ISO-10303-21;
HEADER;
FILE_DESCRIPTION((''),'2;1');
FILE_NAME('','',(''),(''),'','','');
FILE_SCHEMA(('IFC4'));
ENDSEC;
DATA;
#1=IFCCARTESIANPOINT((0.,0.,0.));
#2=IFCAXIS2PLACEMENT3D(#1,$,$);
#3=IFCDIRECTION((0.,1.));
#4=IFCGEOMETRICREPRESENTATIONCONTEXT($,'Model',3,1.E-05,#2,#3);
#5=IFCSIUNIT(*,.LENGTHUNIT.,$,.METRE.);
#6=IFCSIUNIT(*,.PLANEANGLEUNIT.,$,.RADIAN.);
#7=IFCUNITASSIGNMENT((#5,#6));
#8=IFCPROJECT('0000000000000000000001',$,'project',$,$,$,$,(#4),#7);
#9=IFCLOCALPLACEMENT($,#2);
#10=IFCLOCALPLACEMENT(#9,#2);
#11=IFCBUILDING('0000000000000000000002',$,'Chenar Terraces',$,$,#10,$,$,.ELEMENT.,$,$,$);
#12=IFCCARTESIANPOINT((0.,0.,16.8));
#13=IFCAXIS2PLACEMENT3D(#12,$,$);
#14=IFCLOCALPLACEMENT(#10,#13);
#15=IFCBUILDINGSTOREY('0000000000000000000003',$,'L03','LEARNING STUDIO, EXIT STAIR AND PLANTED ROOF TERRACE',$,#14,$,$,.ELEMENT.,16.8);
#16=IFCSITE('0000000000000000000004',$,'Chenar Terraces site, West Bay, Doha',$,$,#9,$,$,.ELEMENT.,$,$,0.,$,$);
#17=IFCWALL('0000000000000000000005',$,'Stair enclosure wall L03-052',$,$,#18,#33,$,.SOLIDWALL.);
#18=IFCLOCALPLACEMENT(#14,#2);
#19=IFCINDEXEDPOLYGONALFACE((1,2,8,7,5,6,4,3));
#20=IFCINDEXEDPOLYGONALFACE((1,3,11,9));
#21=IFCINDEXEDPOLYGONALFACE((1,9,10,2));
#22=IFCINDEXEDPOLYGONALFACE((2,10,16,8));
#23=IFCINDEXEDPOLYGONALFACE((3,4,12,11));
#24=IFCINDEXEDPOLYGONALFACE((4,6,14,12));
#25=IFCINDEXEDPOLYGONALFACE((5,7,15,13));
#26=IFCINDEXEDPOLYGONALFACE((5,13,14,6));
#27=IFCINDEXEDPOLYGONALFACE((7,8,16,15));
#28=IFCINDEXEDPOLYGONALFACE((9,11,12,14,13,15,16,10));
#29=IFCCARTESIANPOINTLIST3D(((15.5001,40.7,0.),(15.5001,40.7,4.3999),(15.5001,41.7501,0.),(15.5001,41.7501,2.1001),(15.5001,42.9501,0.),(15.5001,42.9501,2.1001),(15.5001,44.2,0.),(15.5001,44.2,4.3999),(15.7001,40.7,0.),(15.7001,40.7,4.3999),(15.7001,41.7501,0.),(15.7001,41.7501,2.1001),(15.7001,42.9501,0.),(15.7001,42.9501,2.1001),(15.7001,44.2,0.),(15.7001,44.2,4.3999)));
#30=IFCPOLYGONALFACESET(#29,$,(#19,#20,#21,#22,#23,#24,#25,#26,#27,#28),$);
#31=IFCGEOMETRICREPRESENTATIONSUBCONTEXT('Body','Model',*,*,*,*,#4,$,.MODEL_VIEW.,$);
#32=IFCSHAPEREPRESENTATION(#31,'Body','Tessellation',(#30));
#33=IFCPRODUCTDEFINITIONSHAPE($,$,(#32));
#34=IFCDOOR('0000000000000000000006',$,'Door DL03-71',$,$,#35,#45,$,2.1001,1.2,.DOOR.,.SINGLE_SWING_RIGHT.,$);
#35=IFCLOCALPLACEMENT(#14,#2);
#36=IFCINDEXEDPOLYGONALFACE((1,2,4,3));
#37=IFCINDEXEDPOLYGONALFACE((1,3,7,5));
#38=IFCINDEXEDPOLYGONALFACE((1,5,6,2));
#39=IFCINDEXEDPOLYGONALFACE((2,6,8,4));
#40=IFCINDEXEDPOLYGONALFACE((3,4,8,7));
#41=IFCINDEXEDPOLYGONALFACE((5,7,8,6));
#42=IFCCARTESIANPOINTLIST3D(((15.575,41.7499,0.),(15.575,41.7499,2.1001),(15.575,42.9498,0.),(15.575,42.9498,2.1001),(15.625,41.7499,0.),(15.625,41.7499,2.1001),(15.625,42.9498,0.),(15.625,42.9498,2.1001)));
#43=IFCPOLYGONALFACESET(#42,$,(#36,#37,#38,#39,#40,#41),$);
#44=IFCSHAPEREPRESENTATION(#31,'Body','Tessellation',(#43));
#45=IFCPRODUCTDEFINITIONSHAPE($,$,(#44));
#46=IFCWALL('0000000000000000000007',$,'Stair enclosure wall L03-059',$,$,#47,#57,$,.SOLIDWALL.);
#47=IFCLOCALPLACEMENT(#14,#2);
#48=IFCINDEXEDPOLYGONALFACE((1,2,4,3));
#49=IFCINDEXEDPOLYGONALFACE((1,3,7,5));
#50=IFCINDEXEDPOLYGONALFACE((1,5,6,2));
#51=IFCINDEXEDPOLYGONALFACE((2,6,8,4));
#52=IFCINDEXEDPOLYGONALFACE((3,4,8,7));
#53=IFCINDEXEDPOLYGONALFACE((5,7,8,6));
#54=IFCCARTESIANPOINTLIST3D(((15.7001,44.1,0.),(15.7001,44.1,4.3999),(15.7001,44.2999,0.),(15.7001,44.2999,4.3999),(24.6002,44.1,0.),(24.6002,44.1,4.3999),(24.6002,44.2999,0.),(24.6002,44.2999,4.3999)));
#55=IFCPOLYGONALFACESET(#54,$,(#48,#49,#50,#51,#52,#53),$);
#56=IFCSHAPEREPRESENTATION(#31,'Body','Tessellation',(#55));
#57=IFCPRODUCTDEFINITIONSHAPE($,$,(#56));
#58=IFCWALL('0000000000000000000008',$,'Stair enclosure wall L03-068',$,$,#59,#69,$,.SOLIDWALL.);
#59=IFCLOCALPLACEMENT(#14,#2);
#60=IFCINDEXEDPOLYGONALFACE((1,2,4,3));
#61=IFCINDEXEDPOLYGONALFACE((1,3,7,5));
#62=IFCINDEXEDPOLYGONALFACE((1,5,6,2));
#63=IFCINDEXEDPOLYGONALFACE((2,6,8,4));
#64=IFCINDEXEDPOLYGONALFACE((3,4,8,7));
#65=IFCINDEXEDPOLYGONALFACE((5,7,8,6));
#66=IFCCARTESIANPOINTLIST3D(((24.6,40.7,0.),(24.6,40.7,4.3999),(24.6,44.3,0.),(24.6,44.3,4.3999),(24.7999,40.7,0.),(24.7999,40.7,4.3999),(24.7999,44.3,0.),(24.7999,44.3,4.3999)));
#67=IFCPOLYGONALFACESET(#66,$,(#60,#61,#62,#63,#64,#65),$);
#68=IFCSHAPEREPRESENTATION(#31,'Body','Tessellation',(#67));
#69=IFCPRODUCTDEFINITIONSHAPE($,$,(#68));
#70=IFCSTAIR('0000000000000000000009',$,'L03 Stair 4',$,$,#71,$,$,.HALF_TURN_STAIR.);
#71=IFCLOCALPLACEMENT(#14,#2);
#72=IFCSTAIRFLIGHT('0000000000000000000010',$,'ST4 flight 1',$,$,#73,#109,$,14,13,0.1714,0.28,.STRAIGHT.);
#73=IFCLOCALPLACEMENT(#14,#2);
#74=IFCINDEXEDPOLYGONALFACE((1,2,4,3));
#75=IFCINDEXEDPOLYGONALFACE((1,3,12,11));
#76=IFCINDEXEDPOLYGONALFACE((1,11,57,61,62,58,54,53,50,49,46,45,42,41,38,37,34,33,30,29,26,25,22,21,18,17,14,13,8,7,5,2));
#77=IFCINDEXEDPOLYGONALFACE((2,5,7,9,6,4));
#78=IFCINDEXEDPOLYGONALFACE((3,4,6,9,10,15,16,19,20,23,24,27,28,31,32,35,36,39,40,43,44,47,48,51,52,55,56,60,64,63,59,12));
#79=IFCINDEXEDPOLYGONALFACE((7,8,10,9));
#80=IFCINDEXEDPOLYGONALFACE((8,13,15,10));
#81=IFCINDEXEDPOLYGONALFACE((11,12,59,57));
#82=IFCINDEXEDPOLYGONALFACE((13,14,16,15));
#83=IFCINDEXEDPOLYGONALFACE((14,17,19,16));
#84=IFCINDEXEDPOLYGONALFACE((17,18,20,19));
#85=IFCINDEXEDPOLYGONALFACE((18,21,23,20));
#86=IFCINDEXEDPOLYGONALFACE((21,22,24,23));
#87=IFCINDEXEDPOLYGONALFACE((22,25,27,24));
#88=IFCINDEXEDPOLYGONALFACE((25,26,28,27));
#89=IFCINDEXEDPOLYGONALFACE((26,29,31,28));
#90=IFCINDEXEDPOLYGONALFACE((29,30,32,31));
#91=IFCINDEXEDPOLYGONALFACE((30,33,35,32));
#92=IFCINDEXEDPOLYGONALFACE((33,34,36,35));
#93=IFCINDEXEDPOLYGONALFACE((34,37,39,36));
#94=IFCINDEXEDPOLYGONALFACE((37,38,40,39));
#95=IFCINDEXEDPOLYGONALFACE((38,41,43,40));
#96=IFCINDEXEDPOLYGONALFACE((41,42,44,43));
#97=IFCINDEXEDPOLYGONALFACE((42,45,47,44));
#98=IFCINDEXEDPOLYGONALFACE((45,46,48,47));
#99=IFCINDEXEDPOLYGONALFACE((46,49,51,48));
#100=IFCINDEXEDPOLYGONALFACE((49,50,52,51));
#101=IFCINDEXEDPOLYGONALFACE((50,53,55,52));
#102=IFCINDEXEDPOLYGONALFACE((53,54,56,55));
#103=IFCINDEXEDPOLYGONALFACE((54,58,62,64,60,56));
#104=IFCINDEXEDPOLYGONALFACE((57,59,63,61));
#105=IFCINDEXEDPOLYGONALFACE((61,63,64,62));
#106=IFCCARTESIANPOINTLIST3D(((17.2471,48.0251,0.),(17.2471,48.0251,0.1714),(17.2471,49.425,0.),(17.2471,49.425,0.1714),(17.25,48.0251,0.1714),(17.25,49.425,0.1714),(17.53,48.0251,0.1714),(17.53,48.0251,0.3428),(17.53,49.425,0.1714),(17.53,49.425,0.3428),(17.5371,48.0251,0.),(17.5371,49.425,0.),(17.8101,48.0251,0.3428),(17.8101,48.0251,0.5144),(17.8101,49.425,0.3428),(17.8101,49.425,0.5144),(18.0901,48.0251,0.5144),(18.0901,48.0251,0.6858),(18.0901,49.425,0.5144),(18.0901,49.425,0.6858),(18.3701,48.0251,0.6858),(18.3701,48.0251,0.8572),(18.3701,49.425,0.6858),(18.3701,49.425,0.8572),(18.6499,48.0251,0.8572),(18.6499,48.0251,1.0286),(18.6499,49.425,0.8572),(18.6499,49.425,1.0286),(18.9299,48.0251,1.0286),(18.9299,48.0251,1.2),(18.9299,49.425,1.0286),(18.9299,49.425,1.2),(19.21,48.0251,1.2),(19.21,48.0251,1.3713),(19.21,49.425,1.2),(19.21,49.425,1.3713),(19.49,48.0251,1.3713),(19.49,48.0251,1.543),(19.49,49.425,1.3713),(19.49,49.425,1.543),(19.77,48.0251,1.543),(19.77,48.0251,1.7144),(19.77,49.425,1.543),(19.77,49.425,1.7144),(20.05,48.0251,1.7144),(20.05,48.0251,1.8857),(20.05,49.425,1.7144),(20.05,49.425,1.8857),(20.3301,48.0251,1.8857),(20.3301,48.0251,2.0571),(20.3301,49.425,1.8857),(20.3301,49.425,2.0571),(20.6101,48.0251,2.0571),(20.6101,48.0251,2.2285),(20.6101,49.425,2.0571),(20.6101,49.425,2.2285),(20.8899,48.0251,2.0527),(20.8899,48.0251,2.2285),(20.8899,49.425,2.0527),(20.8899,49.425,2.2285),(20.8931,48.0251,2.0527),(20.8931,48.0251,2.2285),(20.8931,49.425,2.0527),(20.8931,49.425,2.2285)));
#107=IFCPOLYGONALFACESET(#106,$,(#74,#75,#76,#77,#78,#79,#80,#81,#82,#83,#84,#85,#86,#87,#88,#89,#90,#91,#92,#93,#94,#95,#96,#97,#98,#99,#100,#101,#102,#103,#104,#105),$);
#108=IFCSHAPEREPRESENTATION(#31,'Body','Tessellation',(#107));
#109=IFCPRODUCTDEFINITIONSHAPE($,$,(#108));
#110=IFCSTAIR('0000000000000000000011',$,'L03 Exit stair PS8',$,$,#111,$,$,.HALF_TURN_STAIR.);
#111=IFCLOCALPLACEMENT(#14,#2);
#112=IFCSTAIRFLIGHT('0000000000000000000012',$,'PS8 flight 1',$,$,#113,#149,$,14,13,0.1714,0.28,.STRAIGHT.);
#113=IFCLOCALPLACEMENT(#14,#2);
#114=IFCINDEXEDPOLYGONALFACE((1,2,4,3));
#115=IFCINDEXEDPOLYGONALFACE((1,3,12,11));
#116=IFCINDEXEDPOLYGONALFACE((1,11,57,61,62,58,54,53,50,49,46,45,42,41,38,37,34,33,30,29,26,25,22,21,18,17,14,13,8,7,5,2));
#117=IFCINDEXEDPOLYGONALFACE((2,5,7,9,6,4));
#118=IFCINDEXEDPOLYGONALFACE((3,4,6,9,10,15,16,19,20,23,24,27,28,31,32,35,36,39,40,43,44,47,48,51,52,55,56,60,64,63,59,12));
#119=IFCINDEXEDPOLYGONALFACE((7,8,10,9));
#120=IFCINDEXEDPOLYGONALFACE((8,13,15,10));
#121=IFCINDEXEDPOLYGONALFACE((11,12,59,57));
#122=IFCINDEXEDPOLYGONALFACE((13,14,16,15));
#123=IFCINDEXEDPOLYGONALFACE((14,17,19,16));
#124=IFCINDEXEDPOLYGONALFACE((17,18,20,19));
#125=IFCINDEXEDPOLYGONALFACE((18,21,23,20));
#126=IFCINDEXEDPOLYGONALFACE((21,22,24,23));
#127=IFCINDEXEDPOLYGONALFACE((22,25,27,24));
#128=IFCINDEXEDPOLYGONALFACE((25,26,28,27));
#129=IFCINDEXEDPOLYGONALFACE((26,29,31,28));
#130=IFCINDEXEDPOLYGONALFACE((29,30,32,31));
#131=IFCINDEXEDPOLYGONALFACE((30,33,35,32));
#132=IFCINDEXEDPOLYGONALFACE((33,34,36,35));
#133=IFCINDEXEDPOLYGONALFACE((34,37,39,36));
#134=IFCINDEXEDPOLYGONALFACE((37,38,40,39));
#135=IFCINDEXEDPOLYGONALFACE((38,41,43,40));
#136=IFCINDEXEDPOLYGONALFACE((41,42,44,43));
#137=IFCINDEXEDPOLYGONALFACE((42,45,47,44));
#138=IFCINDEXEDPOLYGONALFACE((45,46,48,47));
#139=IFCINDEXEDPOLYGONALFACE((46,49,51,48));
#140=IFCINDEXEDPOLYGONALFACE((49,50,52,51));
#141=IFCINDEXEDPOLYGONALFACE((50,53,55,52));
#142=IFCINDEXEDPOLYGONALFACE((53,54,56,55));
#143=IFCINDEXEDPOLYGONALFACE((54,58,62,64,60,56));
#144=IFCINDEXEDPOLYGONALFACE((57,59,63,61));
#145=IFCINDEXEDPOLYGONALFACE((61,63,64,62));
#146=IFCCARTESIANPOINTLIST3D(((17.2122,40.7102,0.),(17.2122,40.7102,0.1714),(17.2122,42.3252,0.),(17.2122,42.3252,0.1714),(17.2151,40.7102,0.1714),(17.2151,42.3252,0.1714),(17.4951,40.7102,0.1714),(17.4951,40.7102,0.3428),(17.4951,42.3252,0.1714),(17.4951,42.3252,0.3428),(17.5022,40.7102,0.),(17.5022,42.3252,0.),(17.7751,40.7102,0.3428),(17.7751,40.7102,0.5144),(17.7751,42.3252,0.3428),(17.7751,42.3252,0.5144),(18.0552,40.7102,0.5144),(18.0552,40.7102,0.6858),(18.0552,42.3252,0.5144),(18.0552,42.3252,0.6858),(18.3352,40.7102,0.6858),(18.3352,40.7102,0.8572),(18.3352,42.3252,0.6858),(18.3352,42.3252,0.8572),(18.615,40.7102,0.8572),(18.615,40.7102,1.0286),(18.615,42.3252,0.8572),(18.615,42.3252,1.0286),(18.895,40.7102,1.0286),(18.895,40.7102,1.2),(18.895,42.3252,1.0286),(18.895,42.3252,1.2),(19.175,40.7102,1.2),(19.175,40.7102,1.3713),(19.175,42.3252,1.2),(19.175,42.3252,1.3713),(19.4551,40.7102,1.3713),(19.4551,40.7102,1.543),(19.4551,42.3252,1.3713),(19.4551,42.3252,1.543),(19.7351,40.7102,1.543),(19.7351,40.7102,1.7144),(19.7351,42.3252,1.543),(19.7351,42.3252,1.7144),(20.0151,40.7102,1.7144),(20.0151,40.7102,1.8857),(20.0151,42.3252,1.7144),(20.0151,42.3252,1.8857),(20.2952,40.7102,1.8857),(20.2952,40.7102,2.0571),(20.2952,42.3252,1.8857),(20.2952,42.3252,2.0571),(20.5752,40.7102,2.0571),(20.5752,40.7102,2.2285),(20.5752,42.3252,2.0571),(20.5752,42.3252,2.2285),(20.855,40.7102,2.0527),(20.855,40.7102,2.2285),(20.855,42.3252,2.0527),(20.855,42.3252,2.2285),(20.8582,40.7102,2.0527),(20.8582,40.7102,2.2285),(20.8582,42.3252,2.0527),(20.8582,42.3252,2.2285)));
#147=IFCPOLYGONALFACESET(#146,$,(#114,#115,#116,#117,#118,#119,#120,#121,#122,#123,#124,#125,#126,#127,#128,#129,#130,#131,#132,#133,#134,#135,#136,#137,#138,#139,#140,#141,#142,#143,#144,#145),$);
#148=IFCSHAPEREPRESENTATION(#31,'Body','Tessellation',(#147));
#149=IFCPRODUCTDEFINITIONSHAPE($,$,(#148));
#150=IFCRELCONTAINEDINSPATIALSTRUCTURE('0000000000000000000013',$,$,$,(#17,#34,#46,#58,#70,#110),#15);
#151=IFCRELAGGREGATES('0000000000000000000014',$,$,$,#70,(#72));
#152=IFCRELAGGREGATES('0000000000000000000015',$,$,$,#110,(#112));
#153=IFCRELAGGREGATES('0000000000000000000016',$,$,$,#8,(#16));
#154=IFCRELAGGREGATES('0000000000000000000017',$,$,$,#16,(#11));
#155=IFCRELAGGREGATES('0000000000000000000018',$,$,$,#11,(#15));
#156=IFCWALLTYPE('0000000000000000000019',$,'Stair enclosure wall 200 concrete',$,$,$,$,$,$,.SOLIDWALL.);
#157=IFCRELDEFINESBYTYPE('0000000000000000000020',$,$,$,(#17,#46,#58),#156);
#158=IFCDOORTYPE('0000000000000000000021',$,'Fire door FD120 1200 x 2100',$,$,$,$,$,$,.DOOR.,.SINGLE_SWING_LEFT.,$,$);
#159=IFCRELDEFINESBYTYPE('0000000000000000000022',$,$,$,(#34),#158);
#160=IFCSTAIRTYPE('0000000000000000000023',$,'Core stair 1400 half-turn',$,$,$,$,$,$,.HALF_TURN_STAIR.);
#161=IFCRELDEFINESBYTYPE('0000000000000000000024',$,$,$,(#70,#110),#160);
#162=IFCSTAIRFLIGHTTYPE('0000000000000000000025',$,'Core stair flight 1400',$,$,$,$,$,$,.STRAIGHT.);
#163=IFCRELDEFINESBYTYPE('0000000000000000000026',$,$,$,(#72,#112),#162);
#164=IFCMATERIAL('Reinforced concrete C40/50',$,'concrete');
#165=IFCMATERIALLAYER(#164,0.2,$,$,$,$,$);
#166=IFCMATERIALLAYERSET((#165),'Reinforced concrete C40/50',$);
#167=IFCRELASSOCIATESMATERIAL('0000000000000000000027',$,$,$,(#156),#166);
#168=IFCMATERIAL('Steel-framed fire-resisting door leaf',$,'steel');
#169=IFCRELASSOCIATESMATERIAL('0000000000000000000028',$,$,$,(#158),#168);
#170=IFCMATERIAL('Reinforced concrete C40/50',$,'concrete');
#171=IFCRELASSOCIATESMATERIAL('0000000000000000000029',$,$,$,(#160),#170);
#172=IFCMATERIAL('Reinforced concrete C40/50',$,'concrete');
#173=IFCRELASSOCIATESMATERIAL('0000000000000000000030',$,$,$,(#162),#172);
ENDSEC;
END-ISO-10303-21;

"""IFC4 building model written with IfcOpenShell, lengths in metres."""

from ifc_helpers import new_model, si_unit, direction, frame, frame_2d, origin, place, context, subcontext, project, spatial, polyline, rectangle, outline, extrude, material, layer, layer_set, type_object, element, fill, aggregate, save


model = new_model("IFC4")

# Units and contexts
model_context = context("Model", 3, precision=1e-05, world=origin(), true_north=direction((0.0, 1.0)))
body_context = subcontext(model_context, "Body", "Model", "MODEL_VIEW")
ifc_project = project(units=[si_unit("LENGTHUNIT", "METRE"), si_unit("PLANEANGLEUNIT", "RADIAN")], contexts=[model_context])

# Site, building, storey
site_placement = place(None, origin())
site = spatial("IfcSite", under=ifc_project, at=site_placement, Name="Chenar Terraces site, West Bay, Doha", CompositionType="ELEMENT", RefElevation=0.0)
building_placement = place(site_placement, origin())
building = spatial("IfcBuilding", under=site, at=building_placement, Name="Chenar Terraces", CompositionType="ELEMENT")
storey_placement = place(building_placement, frame((0.0, 0.0, 16.8)))
storey = spatial("IfcBuildingStorey", under=building, at=storey_placement, Name="L03", Description="LEARNING STUDIO, EXIT STAIR AND PLANTED ROOF TERRACE", CompositionType="ELEMENT", Elevation=16.8)

# Wall, opening, door
ifc_material_1 = material(Name="Reinforced concrete C40/50", Category="concrete")
ifc_layer_1 = layer(ifc_material_1, 0.2)
ifc_layer_set_1 = layer_set([ifc_layer_1], Name="Reinforced concrete C40/50")
wall_type_1 = type_object("IfcWallType", Name="Stair enclosure wall 200 concrete", PredefinedType="SOLIDWALL", material=ifc_layer_set_1)
ifc_material_2 = material(Name="Steel-framed fire-resisting door leaf", Category="steel")
door_type_1 = type_object("IfcDoorType", Name="Fire door FD120 1200 x 2100", OperationType="SINGLE_SWING_LEFT", PredefinedType="DOOR", material=ifc_material_2)
wall_1_placement = place(storey_placement, frame((15.6001, 40.7, 0.0), z_axis=(0.0, 0.0, 1.0), x_axis=(0.0, 1.0, 0.0)))
wall_1 = element("IfcWall", 1, at=wall_1_placement, inside=storey, type_object=wall_type_1, Name="Stair enclosure wall L03-052", PredefinedType="SOLIDWALL", context=body_context, shape_type="SweptSolid", body=[
    extrude(rectangle(XDim=3.5, YDim=0.2, at=frame_2d((1.75, 0.0))), origin(), (0.0, 0.0, 1.0), 4.3999),
])
opening_1_placement = place(wall_1_placement, frame((1.05, 0.0, 0.0)))
opening_1 = element("IfcOpeningElement", 2, at=opening_1_placement, cuts=wall_1, PredefinedType="OPENING", context=body_context, shape_type="SweptSolid", body=[
    extrude(rectangle(XDim=1.2, YDim=2.1001, at=frame_2d((0.6001, 1.05))), frame((0.0, 0.1099, 0.0), z_axis=(0.0, -1.0, 0.0), x_axis=(1.0, 0.0, 0.0)), (0.0, 0.0, 1.0), 0.22),
])
door_1_placement = place(opening_1_placement, frame((1.2, 0.0, 0.0), z_axis=(0.0, 0.0, 1.0), x_axis=(-1.0, 0.0, 0.0)))
door_1 = element("IfcDoor", 3, at=door_1_placement, inside=storey, type_object=door_type_1, Name="Door DL03-71", OperationType="SINGLE_SWING_RIGHT", OverallHeight=2.1001, OverallWidth=1.2, PredefinedType="DOOR", context=body_context, shape_type="SweptSolid", body=[
    extrude(rectangle(XDim=1.2, YDim=2.1001, at=frame_2d((0.6001, 1.05))), frame((0.0, 0.0249, 0.0), z_axis=(0.0, -1.0, 0.0), x_axis=(1.0, 0.0, 0.0)), (0.0, 0.0, 1.0), 0.05),
])
fill(opening_1, door_1)

# Walls
wall_2_placement = place(storey_placement, frame((15.7, 44.2, 0.0), z_axis=(0.0, 0.0, 1.0), x_axis=(1.0, 0.0, 0.0)))
element("IfcWall", 4, at=wall_2_placement, inside=storey, type_object=wall_type_1, Name="Stair enclosure wall L03-059", PredefinedType="SOLIDWALL", context=body_context, shape_type="SweptSolid", body=[
    extrude(rectangle(XDim=8.9001, YDim=0.2, at=frame_2d((4.4502, 0.0))), origin(), (0.0, 0.0, 1.0), 4.3999),
])
wall_3_placement = place(storey_placement, frame((24.7, 40.7, 0.0), z_axis=(0.0, 0.0, 1.0), x_axis=(0.0, 1.0, 0.0)))
element("IfcWall", 5, at=wall_3_placement, inside=storey, type_object=wall_type_1, Name="Stair enclosure wall L03-068", PredefinedType="SOLIDWALL", context=body_context, shape_type="SweptSolid", body=[
    extrude(rectangle(XDim=3.6001, YDim=0.2, at=frame_2d((1.8, 0.0))), origin(), (0.0, 0.0, 1.0), 4.3999),
])

# Stair, stair flight
ifc_material_3 = material(Name="Reinforced concrete C40/50", Category="concrete")
stair_type = type_object("IfcStairType", Name="Core stair 1400 half-turn", PredefinedType="HALF_TURN_STAIR", material=ifc_material_3)
placement = place(storey_placement, origin())
stair_1 = element("IfcStair", 6, at=placement, inside=storey, type_object=stair_type, Name="L03 Stair 4", PredefinedType="HALF_TURN_STAIR")
ifc_material_4 = material(Name="Reinforced concrete C40/50", Category="concrete")
stair_flight_type = type_object("IfcStairFlightType", Name="Core stair flight 1400", PredefinedType="STRAIGHT", material=ifc_material_4)
stair_flight_1_placement = place(storey_placement, frame((17.25, 48.7251, 0.0), z_axis=(0.0, 0.0, 1.0), x_axis=(1.0, 0.0, 0.0)))
stair_flight_1 = element("IfcStairFlight", 7, at=stair_flight_1_placement, type_object=stair_flight_type, Name="ST4 flight 1", NumberOfRisers=14, NumberOfTreads=13, PredefinedType="STRAIGHT", RiserHeight=0.1714, TreadLength=0.28, context=body_context, shape_type="SweptSolid", body=[
    extrude(outline(polyline([(-0.0029, 0.0), (-0.0029, 0.1714), (0.0, 0.1714), (0.28, 0.1714), (0.28, 0.3428), (0.5601, 0.3428), (0.5601, 0.5144), (0.8401, 0.5144), (0.8401, 0.6858), (1.1201, 0.6858), (1.1201, 0.8572), (1.3999, 0.8572), (1.3999, 1.0286), (1.6799, 1.0286), (1.6799, 1.2), (1.96, 1.2), (1.96, 1.3713), (2.24, 1.3713), (2.24, 1.543), (2.52, 1.543), (2.52, 1.7144), (2.8, 1.7144), (2.8, 1.8857), (3.0801, 1.8857), (3.0801, 2.0571), (3.3601, 2.0571), (3.3601, 2.2285), (3.6399, 2.2285), (3.6431, 2.2285), (3.6431, 2.0527), (3.6399, 2.0527), (0.2871, 0.0), (-0.0029, 0.0)])), frame((0.0, 0.7, 0.0), z_axis=(0.0, -1.0, 0.0), x_axis=(1.0, 0.0, 0.0)), (0.0, 0.0, 1.0), 1.3999),
])
aggregate(stair_1, [stair_flight_1])

# Stair, stair flight
stair_2 = element("IfcStair", 8, at=placement, inside=storey, type_object=stair_type, Name="L03 Exit stair PS8", PredefinedType="HALF_TURN_STAIR")
stair_flight_2_placement = place(storey_placement, frame((17.2151, 41.5176, 0.0), z_axis=(0.0, 0.0, 1.0), x_axis=(1.0, 0.0, 0.0)))
stair_flight_2 = element("IfcStairFlight", 9, at=stair_flight_2_placement, type_object=stair_flight_type, Name="PS8 flight 1", NumberOfRisers=14, NumberOfTreads=13, PredefinedType="STRAIGHT", RiserHeight=0.1714, TreadLength=0.28, context=body_context, shape_type="SweptSolid", body=[
    extrude(outline(polyline([(-0.0029, 0.0), (-0.0029, 0.1714), (0.0, 0.1714), (0.28, 0.1714), (0.28, 0.3428), (0.5601, 0.3428), (0.5601, 0.5144), (0.8401, 0.5144), (0.8401, 0.6858), (1.1201, 0.6858), (1.1201, 0.8572), (1.3999, 0.8572), (1.3999, 1.0286), (1.6799, 1.0286), (1.6799, 1.2), (1.96, 1.2), (1.96, 1.3713), (2.24, 1.3713), (2.24, 1.543), (2.52, 1.543), (2.52, 1.7144), (2.8, 1.7144), (2.8, 1.8857), (3.0801, 1.8857), (3.0801, 2.0571), (3.3601, 2.0571), (3.3601, 2.2285), (3.6399, 2.2285), (3.6431, 2.2285), (3.6431, 2.0527), (3.6399, 2.0527), (0.2871, 0.0), (-0.0029, 0.0)])), frame((0.0, 0.8076, 0.0), z_axis=(0.0, -1.0, 0.0), x_axis=(1.0, 0.0, 0.0)), (0.0, 0.0, 1.0), 1.615),
])
aggregate(stair_2, [stair_flight_2])

save(model, "model.ifc")
